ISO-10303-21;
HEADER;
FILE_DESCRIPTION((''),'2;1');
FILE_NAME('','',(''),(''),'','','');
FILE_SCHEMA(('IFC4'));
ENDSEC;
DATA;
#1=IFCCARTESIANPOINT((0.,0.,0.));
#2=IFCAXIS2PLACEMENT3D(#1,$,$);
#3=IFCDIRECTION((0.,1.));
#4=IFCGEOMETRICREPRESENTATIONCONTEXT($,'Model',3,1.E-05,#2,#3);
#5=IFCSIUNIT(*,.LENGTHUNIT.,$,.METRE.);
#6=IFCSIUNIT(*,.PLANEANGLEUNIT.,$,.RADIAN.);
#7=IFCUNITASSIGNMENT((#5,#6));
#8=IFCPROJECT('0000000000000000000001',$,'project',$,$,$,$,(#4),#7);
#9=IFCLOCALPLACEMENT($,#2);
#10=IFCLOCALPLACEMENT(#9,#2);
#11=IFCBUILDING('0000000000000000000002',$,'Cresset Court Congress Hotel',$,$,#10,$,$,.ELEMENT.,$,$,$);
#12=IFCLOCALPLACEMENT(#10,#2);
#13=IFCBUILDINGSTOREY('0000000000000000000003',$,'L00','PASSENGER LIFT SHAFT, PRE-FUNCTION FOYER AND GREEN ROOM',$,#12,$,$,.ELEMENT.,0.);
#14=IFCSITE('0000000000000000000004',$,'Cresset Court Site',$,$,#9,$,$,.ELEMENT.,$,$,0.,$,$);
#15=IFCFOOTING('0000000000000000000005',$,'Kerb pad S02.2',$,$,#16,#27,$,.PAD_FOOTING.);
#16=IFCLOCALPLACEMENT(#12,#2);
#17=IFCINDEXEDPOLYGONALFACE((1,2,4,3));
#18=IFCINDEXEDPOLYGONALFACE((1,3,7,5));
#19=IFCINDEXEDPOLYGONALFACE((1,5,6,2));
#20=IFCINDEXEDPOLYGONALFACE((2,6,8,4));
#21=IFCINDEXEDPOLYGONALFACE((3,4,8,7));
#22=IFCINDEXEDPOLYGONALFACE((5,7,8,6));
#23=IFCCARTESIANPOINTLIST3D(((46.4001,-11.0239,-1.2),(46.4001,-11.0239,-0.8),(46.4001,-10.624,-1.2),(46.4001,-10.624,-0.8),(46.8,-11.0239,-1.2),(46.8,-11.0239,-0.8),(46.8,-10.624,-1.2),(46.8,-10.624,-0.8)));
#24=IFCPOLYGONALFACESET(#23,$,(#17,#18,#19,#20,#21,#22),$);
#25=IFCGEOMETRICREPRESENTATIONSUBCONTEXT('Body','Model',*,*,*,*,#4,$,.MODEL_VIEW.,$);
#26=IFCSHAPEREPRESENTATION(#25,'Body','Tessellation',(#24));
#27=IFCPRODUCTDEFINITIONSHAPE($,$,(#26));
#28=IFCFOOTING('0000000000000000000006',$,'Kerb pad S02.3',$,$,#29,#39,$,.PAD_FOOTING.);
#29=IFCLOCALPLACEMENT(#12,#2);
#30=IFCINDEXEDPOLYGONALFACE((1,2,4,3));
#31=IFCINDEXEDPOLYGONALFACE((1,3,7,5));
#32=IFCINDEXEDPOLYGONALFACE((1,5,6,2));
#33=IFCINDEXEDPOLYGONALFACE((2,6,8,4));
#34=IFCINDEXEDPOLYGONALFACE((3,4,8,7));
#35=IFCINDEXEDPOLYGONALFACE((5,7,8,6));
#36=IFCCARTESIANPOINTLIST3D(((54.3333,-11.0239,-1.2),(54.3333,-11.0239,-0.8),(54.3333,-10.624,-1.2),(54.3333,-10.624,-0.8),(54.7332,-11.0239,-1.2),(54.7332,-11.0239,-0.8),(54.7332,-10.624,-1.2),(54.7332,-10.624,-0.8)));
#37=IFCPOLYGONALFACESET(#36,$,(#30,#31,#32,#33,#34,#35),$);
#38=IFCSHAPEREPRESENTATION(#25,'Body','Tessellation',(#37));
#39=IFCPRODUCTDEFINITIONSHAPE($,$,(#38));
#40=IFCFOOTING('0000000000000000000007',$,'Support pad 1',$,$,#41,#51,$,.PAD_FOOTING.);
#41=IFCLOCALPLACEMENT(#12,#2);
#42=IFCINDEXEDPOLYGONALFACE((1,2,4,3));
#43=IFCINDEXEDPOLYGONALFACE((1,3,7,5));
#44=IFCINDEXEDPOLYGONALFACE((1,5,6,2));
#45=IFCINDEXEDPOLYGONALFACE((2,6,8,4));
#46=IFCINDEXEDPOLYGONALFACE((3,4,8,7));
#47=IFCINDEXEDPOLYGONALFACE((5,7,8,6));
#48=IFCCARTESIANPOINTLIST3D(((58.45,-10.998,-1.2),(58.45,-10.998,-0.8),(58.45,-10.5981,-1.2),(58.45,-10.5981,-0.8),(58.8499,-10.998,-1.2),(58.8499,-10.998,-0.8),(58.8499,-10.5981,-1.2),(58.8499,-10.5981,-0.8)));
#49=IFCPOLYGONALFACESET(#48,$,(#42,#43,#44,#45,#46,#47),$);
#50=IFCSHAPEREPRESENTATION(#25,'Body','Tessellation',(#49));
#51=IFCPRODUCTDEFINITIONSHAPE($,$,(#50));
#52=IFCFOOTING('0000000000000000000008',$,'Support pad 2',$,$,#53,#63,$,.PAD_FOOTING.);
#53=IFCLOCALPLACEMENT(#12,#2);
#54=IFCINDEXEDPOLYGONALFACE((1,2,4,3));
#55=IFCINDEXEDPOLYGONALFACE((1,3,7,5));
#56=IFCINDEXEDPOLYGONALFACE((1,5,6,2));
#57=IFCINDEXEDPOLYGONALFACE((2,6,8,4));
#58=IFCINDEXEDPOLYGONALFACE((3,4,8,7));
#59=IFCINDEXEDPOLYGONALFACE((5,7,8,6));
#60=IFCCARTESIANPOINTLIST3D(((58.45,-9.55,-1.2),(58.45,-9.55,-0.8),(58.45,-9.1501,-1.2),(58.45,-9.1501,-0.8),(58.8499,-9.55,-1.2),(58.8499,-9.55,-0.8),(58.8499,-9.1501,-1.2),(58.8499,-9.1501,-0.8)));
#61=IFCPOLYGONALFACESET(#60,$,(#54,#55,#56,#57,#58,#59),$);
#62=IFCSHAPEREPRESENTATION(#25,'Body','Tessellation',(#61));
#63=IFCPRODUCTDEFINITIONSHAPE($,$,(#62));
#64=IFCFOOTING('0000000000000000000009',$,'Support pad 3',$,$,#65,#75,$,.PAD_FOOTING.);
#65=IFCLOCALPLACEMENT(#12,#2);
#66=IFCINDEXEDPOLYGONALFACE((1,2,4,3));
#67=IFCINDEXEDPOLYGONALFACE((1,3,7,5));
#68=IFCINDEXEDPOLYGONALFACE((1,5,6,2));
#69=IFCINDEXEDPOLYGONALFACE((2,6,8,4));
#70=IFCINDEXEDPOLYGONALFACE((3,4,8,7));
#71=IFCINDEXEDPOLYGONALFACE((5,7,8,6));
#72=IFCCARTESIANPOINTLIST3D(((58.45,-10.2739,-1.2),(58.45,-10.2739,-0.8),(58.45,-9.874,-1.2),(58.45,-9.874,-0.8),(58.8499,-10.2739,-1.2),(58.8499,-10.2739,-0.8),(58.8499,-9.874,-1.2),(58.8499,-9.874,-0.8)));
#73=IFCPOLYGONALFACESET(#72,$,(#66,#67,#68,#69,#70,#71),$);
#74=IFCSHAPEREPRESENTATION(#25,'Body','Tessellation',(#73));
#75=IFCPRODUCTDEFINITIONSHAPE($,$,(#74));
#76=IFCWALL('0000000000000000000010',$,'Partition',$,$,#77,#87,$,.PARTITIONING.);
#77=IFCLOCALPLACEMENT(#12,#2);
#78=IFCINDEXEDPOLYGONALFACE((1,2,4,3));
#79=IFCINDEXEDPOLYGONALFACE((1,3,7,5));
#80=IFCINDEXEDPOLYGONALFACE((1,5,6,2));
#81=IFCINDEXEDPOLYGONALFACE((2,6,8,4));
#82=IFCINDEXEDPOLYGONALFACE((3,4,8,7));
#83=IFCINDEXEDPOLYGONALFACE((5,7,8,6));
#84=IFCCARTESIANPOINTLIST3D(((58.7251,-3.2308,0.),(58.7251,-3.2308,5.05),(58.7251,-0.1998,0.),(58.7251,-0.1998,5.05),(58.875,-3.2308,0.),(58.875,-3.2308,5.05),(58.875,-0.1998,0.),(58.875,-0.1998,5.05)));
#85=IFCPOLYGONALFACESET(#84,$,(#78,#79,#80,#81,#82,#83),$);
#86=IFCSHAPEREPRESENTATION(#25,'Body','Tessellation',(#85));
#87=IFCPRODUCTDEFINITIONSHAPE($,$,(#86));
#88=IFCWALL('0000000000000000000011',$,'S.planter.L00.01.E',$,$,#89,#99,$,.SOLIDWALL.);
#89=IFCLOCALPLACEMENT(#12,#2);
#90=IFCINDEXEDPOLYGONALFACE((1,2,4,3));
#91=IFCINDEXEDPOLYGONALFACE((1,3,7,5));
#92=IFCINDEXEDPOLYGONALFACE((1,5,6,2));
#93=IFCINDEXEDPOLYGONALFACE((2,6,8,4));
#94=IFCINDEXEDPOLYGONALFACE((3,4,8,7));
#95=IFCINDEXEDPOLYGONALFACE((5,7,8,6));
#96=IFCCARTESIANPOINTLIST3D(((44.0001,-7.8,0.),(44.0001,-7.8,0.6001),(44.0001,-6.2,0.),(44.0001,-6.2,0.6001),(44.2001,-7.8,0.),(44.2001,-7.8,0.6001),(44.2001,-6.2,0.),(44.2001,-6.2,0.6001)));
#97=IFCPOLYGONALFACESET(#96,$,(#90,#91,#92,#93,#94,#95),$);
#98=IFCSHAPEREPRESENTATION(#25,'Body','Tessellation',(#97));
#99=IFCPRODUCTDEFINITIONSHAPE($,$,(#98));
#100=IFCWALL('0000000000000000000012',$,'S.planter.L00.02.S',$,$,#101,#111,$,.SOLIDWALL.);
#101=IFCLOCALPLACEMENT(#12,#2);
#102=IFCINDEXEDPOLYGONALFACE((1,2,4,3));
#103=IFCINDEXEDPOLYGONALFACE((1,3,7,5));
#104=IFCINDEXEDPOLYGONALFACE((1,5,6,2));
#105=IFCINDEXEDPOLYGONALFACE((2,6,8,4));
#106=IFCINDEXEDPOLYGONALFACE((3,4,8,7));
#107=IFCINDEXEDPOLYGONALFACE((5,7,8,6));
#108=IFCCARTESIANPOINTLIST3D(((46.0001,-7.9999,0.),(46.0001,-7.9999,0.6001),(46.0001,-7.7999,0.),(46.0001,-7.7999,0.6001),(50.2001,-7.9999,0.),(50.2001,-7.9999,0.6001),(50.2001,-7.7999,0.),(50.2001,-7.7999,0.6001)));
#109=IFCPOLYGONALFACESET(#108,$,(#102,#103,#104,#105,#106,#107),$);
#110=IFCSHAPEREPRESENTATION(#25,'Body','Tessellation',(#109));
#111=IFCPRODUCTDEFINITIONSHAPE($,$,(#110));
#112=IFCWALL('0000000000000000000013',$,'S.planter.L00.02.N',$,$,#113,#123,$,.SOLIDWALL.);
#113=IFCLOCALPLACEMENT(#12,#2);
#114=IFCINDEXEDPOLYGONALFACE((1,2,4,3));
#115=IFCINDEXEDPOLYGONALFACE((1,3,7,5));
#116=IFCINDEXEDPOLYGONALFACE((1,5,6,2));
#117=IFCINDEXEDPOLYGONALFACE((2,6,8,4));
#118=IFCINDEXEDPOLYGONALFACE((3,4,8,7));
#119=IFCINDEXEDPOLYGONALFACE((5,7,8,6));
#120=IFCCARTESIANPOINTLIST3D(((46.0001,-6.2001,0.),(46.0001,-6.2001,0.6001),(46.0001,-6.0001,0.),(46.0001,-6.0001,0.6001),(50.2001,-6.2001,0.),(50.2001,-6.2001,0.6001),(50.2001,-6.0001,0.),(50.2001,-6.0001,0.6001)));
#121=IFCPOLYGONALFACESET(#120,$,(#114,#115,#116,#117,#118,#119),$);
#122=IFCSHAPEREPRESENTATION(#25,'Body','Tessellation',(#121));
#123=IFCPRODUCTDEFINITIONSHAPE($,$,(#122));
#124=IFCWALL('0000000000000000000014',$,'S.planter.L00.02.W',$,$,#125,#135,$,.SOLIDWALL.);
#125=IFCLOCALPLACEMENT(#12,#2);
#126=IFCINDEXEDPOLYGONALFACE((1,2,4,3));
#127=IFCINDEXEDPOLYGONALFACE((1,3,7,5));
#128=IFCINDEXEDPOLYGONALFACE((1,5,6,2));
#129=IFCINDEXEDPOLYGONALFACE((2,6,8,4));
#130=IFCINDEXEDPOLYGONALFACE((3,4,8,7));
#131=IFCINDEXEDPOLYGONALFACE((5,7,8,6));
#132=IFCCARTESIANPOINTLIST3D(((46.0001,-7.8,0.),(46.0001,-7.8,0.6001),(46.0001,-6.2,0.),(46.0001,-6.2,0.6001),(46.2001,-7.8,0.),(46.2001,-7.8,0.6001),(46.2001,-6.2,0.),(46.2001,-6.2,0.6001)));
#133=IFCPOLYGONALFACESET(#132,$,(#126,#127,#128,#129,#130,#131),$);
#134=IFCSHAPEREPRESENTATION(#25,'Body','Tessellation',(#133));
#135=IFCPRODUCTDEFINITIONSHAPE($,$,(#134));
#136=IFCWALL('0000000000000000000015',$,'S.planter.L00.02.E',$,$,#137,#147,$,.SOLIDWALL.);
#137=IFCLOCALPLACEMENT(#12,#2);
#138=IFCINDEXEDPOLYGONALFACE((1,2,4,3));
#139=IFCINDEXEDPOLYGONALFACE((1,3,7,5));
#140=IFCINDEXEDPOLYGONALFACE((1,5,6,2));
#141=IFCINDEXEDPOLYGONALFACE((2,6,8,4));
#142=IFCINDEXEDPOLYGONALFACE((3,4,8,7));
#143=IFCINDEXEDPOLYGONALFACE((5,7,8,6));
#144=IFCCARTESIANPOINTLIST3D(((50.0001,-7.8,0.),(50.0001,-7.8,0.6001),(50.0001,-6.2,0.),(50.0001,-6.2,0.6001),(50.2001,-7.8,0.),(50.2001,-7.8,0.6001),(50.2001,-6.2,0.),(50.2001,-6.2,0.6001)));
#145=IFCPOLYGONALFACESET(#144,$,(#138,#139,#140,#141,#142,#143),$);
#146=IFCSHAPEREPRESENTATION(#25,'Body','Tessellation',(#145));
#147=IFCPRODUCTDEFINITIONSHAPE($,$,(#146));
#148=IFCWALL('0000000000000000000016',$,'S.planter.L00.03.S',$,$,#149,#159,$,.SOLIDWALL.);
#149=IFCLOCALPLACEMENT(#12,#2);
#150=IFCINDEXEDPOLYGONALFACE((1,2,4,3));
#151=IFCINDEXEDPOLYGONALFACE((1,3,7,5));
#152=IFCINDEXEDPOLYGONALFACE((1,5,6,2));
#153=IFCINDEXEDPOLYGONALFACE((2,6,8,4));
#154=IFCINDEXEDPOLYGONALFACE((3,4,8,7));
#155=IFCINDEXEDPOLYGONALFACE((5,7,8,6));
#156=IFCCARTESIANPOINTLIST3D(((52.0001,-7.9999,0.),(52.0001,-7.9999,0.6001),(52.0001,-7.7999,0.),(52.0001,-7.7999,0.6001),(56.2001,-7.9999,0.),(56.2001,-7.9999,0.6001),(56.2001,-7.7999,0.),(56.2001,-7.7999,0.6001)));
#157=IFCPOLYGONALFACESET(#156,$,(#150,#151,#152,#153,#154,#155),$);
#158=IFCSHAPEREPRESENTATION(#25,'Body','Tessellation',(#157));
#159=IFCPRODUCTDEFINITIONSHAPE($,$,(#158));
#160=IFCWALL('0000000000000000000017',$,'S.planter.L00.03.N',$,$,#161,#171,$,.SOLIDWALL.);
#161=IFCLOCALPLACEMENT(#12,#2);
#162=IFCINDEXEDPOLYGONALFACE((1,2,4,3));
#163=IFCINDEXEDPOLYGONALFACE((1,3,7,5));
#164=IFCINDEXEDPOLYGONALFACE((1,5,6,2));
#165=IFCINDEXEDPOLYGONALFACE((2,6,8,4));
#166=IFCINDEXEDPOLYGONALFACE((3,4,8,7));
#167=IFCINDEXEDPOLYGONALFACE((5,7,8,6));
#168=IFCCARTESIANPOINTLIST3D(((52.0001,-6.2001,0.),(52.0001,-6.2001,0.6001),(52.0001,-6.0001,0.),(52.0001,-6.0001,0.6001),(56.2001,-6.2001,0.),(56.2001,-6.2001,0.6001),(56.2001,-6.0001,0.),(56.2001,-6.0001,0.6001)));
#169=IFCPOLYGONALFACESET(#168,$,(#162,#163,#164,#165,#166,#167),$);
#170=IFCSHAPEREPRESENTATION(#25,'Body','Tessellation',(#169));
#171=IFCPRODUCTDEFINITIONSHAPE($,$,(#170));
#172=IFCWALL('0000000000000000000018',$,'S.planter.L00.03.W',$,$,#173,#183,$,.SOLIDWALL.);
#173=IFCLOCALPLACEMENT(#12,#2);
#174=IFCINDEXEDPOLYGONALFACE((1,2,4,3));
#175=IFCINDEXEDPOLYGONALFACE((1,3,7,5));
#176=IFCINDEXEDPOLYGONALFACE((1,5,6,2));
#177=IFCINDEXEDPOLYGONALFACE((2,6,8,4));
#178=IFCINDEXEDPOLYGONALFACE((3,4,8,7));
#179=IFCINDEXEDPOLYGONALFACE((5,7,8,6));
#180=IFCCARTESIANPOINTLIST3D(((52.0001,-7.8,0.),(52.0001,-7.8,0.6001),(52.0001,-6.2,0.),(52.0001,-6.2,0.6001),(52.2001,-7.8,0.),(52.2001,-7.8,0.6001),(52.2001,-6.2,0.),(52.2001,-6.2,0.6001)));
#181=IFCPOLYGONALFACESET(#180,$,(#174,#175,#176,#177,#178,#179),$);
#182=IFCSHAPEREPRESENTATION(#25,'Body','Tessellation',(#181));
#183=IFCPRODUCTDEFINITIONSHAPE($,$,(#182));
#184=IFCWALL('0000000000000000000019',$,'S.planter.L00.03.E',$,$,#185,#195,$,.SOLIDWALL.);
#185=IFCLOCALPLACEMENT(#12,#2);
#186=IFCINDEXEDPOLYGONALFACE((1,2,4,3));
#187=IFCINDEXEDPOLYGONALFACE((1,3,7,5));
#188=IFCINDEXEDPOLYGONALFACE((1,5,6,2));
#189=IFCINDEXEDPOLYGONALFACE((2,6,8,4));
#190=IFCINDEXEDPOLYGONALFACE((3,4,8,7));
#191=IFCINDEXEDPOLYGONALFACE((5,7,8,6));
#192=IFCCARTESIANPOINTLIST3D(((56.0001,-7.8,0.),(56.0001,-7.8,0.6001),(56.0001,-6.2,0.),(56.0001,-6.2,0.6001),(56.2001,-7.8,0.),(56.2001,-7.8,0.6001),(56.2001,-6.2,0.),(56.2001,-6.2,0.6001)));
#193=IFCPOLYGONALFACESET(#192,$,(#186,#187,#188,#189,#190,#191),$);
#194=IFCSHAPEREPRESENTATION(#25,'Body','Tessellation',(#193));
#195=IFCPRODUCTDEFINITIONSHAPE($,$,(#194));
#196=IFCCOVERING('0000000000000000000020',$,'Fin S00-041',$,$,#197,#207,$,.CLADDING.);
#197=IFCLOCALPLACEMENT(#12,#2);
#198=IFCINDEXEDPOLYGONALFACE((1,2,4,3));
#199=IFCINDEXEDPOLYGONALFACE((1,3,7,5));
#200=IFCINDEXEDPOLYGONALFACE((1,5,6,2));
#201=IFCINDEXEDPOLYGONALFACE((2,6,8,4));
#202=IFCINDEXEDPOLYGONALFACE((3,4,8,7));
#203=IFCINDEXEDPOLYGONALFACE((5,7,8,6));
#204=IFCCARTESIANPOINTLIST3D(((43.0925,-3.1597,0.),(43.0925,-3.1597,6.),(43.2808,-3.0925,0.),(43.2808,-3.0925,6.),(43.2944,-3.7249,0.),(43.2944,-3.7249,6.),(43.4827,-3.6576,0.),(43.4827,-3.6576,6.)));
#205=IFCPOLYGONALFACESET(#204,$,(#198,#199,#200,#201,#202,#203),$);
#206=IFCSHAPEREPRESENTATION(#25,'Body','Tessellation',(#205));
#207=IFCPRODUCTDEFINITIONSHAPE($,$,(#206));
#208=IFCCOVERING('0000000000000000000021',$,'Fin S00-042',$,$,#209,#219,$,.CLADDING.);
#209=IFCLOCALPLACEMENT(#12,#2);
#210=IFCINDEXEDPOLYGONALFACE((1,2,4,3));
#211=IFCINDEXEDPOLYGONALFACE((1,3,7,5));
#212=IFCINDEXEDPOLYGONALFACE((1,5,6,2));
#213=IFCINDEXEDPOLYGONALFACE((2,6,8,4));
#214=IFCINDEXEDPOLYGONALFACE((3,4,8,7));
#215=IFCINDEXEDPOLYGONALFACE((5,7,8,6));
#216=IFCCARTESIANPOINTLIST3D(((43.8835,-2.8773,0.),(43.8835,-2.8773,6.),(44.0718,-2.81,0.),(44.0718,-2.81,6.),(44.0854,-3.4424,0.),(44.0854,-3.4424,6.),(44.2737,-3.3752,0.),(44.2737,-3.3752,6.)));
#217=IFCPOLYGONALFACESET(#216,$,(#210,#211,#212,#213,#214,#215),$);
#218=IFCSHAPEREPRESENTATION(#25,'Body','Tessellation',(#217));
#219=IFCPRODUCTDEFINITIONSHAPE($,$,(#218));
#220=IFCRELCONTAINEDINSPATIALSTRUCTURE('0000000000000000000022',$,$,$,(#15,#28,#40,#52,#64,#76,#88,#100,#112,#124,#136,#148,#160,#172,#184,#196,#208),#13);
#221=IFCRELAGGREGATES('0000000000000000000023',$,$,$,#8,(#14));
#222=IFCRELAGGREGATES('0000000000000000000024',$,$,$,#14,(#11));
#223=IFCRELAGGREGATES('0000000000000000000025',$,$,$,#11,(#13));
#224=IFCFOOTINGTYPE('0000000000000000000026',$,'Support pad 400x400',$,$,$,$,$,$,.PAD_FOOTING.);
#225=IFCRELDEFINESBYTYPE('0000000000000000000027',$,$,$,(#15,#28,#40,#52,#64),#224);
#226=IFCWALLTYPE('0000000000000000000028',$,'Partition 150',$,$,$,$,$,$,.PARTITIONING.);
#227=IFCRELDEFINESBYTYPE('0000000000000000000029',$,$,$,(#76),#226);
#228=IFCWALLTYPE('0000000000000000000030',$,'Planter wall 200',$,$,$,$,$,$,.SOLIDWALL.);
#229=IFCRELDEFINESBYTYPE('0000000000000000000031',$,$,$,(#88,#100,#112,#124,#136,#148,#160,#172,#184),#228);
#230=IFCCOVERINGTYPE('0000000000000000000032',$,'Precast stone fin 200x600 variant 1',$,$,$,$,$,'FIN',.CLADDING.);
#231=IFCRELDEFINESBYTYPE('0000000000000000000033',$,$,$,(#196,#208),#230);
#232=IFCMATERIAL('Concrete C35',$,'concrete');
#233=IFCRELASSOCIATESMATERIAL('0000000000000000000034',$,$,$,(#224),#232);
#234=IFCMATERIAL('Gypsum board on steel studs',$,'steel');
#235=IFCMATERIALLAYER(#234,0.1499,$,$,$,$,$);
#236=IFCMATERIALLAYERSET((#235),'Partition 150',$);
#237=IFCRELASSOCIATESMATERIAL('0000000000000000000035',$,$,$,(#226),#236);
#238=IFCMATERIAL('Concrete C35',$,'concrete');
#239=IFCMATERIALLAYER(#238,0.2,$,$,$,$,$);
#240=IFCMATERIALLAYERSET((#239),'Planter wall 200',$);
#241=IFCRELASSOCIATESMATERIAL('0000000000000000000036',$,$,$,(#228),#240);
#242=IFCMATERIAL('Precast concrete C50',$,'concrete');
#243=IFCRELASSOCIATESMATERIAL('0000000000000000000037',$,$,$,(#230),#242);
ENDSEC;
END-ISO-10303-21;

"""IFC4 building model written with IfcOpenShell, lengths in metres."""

from ifc_helpers import new_model, si_unit, direction, frame, frame_2d, origin, origin_2d, place, context, subcontext, project, spatial, rectangle, extrude, material, layer, layer_set, type_object, element, save


model = new_model("IFC4")

# Units and contexts
model_context = context("Model", 3, precision=1e-05, world=origin(), true_north=direction((0.0, 1.0)))
body_context = subcontext(model_context, "Body", "Model", "MODEL_VIEW")
ifc_project = project(units=[si_unit("LENGTHUNIT", "METRE"), si_unit("PLANEANGLEUNIT", "RADIAN")], contexts=[model_context])

# Site, building, storey
site_placement = place(None, origin())
site = spatial("IfcSite", under=ifc_project, at=site_placement, Name="Cresset Court Site", CompositionType="ELEMENT", RefElevation=0.0)
building_placement = place(site_placement, origin())
building = spatial("IfcBuilding", under=site, at=building_placement, Name="Cresset Court Congress Hotel", CompositionType="ELEMENT")
storey_placement = place(building_placement, origin())
storey = spatial("IfcBuildingStorey", under=building, at=storey_placement, Name="L00", Description="PASSENGER LIFT SHAFT, PRE-FUNCTION FOYER AND GREEN ROOM", CompositionType="ELEMENT", Elevation=0.0)

# Footings
ifc_material_1 = material(Name="Concrete C35", Category="concrete")
footing_type = type_object("IfcFootingType", Name="Support pad 400x400", PredefinedType="PAD_FOOTING", material=ifc_material_1)
for number, where, z_axis, x_axis, name in (
    (1, (46.6001, -10.824, -1.2), (0.0, 0.0, 1.0), (1.0, 0.0, 0.0), "Kerb pad S02.2"),
    (2, (54.5332, -10.824, -1.2), (0.0, 0.0, 1.0), (1.0, 0.0, 0.0), "Kerb pad S02.3"),
    (3, (58.6499, -10.7981, -1.2), (0.0, 0.0, 1.0), (1.0, 0.0, 0.0), "Support pad 1"),
    (4, (58.6499, -9.3501, -1.2), (0.0, 0.0, 1.0), (1.0, 0.0, 0.0), "Support pad 2"),
    (5, (58.6499, -10.074, -1.2), (0.0, 0.0, 1.0), (1.0, 0.0, 0.0), "Support pad 3"),
):
    element("IfcFooting", number, at=place(storey_placement, frame(where, z_axis=z_axis, x_axis=x_axis)), inside=storey, type_object=footing_type, Name=name, PredefinedType="PAD_FOOTING", context=body_context, shape_type="SweptSolid", body=[
        extrude(rectangle(XDim=0.3999, YDim=0.3999, at=origin_2d()), origin(), (0.0, 0.0, 1.0), 0.3999),
    ])

# Walls
ifc_material_2 = material(Name="Gypsum board on steel studs", Category="steel")
ifc_layer_1 = layer(ifc_material_2, 0.1499)
ifc_layer_set_1 = layer_set([ifc_layer_1], Name="Partition 150")
wall_type_1 = type_object("IfcWallType", Name="Partition 150", PredefinedType="PARTITIONING", material=ifc_layer_set_1)
wall_1_placement = place(storey_placement, frame((58.8, -3.231, 0.0), z_axis=(0.0, 0.0, 1.0), x_axis=(0.0, 1.0, 0.0)))
element("IfcWall", 6, at=wall_1_placement, inside=storey, type_object=wall_type_1, Name="Partition", PredefinedType="PARTITIONING", context=body_context, shape_type="SweptSolid", body=[
    extrude(rectangle(XDim=3.031, YDim=0.1499, at=frame_2d((1.5156, 0.0))), origin(), (0.0, 0.0, 1.0), 5.05),
])
ifc_material_3 = material(Name="Concrete C35", Category="concrete")
ifc_layer_2 = layer(ifc_material_3, 0.2)
ifc_layer_set_2 = layer_set([ifc_layer_2], Name="Planter wall 200")
wall_type_2 = type_object("IfcWallType", Name="Planter wall 200", PredefinedType="SOLIDWALL", material=ifc_layer_set_2)
wall_2_placement = place(storey_placement, frame((44.1001, -7.8, 0.0), z_axis=(0.0, 0.0, 1.0), x_axis=(0.0, 1.0, 0.0)))
element("IfcWall", 7, at=wall_2_placement, inside=storey, type_object=wall_type_2, Name="S.planter.L00.01.E", PredefinedType="SOLIDWALL", context=body_context, shape_type="SweptSolid", body=[
    extrude(rectangle(XDim=1.6001, YDim=0.2, at=frame_2d((0.8, 0.0))), origin(), (0.0, 0.0, 1.0), 0.6001),
])
for number, where, z_axis, x_axis, name in (
    (8, (46.0, -7.8999, 0.0), (0.0, 0.0, 1.0), (1.0, 0.0, 0.0), "S.planter.L00.02.S"),
    (9, (46.0, -6.1001, 0.0), (0.0, 0.0, 1.0), (1.0, 0.0, 0.0), "S.planter.L00.02.N"),
):
    element("IfcWall", number, at=place(storey_placement, frame(where, z_axis=z_axis, x_axis=x_axis)), inside=storey, type_object=wall_type_2, Name=name, PredefinedType="SOLIDWALL", context=body_context, shape_type="SweptSolid", body=[
        extrude(rectangle(XDim=4.2, YDim=0.2, at=frame_2d((2.1001, 0.0))), origin(), (0.0, 0.0, 1.0), 0.6001),
    ])
for number, where, z_axis, x_axis, name in (
    (10, (46.1001, -7.8, 0.0), (0.0, 0.0, 1.0), (0.0, 1.0, 0.0), "S.planter.L00.02.W"),
    (11, (50.1001, -7.8, 0.0), (0.0, 0.0, 1.0), (0.0, 1.0, 0.0), "S.planter.L00.02.E"),
):
    element("IfcWall", number, at=place(storey_placement, frame(where, z_axis=z_axis, x_axis=x_axis)), inside=storey, type_object=wall_type_2, Name=name, PredefinedType="SOLIDWALL", context=body_context, shape_type="SweptSolid", body=[
        extrude(rectangle(XDim=1.6001, YDim=0.2, at=frame_2d((0.8, 0.0))), origin(), (0.0, 0.0, 1.0), 0.6001),
    ])
for number, where, z_axis, x_axis, name in (
    (12, (52.0, -7.8999, 0.0), (0.0, 0.0, 1.0), (1.0, 0.0, 0.0), "S.planter.L00.03.S"),
    (13, (52.0, -6.1001, 0.0), (0.0, 0.0, 1.0), (1.0, 0.0, 0.0), "S.planter.L00.03.N"),
):
    element("IfcWall", number, at=place(storey_placement, frame(where, z_axis=z_axis, x_axis=x_axis)), inside=storey, type_object=wall_type_2, Name=name, PredefinedType="SOLIDWALL", context=body_context, shape_type="SweptSolid", body=[
        extrude(rectangle(XDim=4.2, YDim=0.2, at=frame_2d((2.1001, 0.0))), origin(), (0.0, 0.0, 1.0), 0.6001),
    ])
for number, where, z_axis, x_axis, name in (
    (14, (52.1001, -7.8, 0.0), (0.0, 0.0, 1.0), (0.0, 1.0, 0.0), "S.planter.L00.03.W"),
    (15, (56.1001, -7.8, 0.0), (0.0, 0.0, 1.0), (0.0, 1.0, 0.0), "S.planter.L00.03.E"),
):
    element("IfcWall", number, at=place(storey_placement, frame(where, z_axis=z_axis, x_axis=x_axis)), inside=storey, type_object=wall_type_2, Name=name, PredefinedType="SOLIDWALL", context=body_context, shape_type="SweptSolid", body=[
        extrude(rectangle(XDim=1.6001, YDim=0.2, at=frame_2d((0.8, 0.0))), origin(), (0.0, 0.0, 1.0), 0.6001),
    ])

# Coverings
ifc_material_4 = material(Name="Precast concrete C50", Category="concrete")
covering_type_1 = type_object("IfcCoveringType", Name="Precast stone fin 200x600 variant 1", ElementType="FIN", PredefinedType="CLADDING", material=ifc_material_4)
for number, where, z_axis, x_axis, name in (
    (16, (43.2876, -3.4087, 0.0), (0.0, 0.0, 1.0), (0.941742, 0.336336, 0.0), "Fin S00-041"),
    (17, (44.0786, -3.1262, 0.0), (0.0, 0.0, 1.0), (0.941742, 0.336336, 0.0), "Fin S00-042"),
):
    element("IfcCovering", number, at=place(storey_placement, frame(where, z_axis=z_axis, x_axis=x_axis)), inside=storey, type_object=covering_type_1, Name=name, PredefinedType="CLADDING", context=body_context, shape_type="SweptSolid", body=[
        extrude(rectangle(XDim=0.2, YDim=0.6001, at=origin_2d()), origin(), (0.0, 0.0, 1.0), 6.0),
    ])

save(model, "model.ifc")
